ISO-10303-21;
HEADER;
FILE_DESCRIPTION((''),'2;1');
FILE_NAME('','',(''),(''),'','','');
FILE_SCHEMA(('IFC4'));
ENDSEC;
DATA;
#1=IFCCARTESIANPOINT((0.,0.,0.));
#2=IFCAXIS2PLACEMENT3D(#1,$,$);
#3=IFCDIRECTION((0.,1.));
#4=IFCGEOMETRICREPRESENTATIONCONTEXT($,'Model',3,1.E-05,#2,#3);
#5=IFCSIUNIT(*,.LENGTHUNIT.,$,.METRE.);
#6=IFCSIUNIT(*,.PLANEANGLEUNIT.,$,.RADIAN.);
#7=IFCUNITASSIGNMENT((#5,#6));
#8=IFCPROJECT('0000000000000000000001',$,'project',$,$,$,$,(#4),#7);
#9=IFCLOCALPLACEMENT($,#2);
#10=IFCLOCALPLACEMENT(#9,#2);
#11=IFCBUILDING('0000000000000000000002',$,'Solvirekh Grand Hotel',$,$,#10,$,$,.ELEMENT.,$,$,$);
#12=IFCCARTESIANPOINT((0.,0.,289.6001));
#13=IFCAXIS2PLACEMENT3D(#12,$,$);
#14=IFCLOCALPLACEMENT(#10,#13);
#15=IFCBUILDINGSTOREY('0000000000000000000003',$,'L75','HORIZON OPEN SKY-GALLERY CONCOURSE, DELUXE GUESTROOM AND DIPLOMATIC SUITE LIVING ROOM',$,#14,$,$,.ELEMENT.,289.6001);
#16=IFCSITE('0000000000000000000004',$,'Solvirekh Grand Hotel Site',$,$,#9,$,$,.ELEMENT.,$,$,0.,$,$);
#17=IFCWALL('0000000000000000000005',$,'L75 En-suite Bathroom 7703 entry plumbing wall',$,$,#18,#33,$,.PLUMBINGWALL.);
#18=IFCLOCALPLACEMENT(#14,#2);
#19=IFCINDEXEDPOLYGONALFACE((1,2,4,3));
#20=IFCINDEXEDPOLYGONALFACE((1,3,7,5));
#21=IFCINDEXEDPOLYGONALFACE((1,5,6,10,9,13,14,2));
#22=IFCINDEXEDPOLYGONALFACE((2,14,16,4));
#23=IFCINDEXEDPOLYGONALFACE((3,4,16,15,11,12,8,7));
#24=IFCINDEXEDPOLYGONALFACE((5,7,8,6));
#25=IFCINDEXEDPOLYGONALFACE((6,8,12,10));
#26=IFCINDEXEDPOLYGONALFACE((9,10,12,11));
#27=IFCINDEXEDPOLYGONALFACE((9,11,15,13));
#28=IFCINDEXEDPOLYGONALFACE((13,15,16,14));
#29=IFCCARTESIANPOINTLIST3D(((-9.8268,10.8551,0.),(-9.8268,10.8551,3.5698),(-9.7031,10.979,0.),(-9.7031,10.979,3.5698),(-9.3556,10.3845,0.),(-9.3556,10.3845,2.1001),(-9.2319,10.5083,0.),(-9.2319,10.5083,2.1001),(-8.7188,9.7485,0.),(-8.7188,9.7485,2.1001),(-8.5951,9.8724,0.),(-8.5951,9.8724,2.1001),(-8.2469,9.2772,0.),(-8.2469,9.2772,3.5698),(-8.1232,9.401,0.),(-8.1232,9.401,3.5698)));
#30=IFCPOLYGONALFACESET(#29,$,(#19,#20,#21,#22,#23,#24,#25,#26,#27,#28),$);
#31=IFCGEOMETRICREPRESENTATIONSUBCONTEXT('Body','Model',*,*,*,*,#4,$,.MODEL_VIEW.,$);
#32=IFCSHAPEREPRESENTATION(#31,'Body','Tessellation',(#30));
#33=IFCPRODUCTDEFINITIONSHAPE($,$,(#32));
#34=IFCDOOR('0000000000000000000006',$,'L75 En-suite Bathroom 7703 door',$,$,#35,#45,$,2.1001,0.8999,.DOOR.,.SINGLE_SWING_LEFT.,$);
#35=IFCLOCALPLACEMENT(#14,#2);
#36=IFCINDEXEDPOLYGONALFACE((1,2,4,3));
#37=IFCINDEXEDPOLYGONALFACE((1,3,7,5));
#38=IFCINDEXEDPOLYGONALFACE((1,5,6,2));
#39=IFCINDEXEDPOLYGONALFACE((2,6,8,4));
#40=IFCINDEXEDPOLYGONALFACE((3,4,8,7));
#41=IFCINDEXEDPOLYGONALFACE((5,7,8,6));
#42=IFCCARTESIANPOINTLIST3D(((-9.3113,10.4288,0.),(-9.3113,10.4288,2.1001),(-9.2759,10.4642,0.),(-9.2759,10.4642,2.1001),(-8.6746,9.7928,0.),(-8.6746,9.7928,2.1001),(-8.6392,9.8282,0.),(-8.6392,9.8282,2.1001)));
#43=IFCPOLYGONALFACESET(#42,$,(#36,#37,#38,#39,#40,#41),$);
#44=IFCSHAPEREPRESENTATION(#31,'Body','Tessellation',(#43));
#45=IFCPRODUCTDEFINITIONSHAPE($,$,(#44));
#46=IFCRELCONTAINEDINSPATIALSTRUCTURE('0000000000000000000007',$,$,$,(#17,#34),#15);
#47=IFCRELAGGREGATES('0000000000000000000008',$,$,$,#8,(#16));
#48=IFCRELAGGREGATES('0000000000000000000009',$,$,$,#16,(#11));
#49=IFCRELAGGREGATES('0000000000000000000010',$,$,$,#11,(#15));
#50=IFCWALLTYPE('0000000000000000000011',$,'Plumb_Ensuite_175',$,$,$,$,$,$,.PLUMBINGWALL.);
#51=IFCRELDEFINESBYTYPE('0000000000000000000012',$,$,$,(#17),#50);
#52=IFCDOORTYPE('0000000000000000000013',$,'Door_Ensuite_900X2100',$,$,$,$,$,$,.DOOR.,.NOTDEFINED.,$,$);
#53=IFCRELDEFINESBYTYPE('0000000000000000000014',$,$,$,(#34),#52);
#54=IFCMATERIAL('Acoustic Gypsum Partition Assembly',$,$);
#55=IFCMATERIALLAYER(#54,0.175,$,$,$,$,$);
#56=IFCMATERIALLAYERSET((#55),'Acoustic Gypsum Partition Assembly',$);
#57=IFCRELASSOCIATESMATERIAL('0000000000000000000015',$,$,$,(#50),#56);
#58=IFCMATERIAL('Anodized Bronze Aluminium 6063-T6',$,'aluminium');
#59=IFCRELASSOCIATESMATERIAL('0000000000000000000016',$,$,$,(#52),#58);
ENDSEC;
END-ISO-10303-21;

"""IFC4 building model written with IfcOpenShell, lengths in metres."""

from ifc_helpers import new_model, si_unit, direction, frame, frame_2d, origin, place, context, subcontext, project, spatial, rectangle, extrude, material, layer, layer_set, type_object, element, fill, save


model = new_model("IFC4")

# Units and contexts
model_context = context("Model", 3, precision=1e-05, world=origin(), true_north=direction((0.0, 1.0)))
body_context = subcontext(model_context, "Body", "Model", "MODEL_VIEW")
ifc_project = project(units=[si_unit("LENGTHUNIT", "METRE"), si_unit("PLANEANGLEUNIT", "RADIAN")], contexts=[model_context])

# Site, building, storey
site_placement = place(None, origin())
site = spatial("IfcSite", under=ifc_project, at=site_placement, Name="Solvirekh Grand Hotel Site", CompositionType="ELEMENT", RefElevation=0.0)
building_placement = place(site_placement, origin())
building = spatial("IfcBuilding", under=site, at=building_placement, Name="Solvirekh Grand Hotel", CompositionType="ELEMENT")
storey_placement = place(building_placement, frame((0.0, 0.0, 289.6001)))
storey = spatial("IfcBuildingStorey", under=building, at=storey_placement, Name="L75", Description="HORIZON OPEN SKY-GALLERY CONCOURSE, DELUXE GUESTROOM AND DIPLOMATIC SUITE LIVING ROOM", CompositionType="ELEMENT", Elevation=289.6001)

# Shared definitions
ifc_material_1 = material(Name="Anodized Bronze Aluminium 6063-T6", Category="aluminium")

# Shared definitions
ifc_material_2 = material(Name="Acoustic Gypsum Partition Assembly")

# Shared definitions
ifc_layer_1 = layer(ifc_material_2, 0.175)
ifc_layer_set_1 = layer_set([ifc_layer_1], Name="Acoustic Gypsum Partition Assembly")
wall_type_1 = type_object("IfcWallType", Name="Plumb_Ensuite_175", PredefinedType="PLUMBINGWALL", material=ifc_layer_set_1)

# Wall, opening, door
wall_1_placement = place(storey_placement, frame((-8.1851, 9.3391, 0.0), z_axis=(0.0, 0.0, 1.0), x_axis=(-0.707544, 0.706669, 0.0)))
wall_1 = element("IfcWall", 1, at=wall_1_placement, inside=storey, type_object=wall_type_1, Name="L75 En-suite Bathroom 7703 entry plumbing wall", PredefinedType="PLUMBINGWALL", context=body_context, shape_type="SweptSolid", body=[
    extrude(rectangle(XDim=2.2329, YDim=0.175, at=frame_2d((1.1165, 0.0))), origin(), (0.0, 0.0, 1.0), 3.5698),
])
opening_1_placement = place(wall_1_placement, frame((0.667, 0.0, 0.0)))
opening_1 = element("IfcOpeningElement", 2, at=opening_1_placement, cuts=wall_1, PredefinedType="OPENING", context=body_context, shape_type="SweptSolid", body=[
    extrude(rectangle(XDim=0.8999, YDim=2.1001, at=frame_2d((0.45, 1.05))), frame((0.0, 0.0977, 0.0), z_axis=(0.0, -1.0, 0.0), x_axis=(1.0, 0.0, 0.0)), (0.0, 0.0, 1.0), 0.1951),
])
door_type_1 = type_object("IfcDoorType", Name="Door_Ensuite_900X2100", OperationType="NOTDEFINED", PredefinedType="DOOR", material=ifc_material_1)
door_1_placement = place(opening_1_placement, origin())
door_1 = element("IfcDoor", 3, at=door_1_placement, inside=storey, type_object=door_type_1, Name="L75 En-suite Bathroom 7703 door", OperationType="SINGLE_SWING_LEFT", OverallHeight=2.1001, OverallWidth=0.8999, PredefinedType="DOOR", context=body_context, shape_type="SweptSolid", body=[
    extrude(rectangle(XDim=0.8999, YDim=2.1001, at=frame_2d((0.45, 1.05))), frame((0.0, 0.0249, 0.0), z_axis=(0.0, -1.0, 0.0), x_axis=(1.0, 0.0, 0.0)), (0.0, 0.0, 1.0), 0.05),
])
fill(opening_1, door_1)

save(model, "model.ifc")
